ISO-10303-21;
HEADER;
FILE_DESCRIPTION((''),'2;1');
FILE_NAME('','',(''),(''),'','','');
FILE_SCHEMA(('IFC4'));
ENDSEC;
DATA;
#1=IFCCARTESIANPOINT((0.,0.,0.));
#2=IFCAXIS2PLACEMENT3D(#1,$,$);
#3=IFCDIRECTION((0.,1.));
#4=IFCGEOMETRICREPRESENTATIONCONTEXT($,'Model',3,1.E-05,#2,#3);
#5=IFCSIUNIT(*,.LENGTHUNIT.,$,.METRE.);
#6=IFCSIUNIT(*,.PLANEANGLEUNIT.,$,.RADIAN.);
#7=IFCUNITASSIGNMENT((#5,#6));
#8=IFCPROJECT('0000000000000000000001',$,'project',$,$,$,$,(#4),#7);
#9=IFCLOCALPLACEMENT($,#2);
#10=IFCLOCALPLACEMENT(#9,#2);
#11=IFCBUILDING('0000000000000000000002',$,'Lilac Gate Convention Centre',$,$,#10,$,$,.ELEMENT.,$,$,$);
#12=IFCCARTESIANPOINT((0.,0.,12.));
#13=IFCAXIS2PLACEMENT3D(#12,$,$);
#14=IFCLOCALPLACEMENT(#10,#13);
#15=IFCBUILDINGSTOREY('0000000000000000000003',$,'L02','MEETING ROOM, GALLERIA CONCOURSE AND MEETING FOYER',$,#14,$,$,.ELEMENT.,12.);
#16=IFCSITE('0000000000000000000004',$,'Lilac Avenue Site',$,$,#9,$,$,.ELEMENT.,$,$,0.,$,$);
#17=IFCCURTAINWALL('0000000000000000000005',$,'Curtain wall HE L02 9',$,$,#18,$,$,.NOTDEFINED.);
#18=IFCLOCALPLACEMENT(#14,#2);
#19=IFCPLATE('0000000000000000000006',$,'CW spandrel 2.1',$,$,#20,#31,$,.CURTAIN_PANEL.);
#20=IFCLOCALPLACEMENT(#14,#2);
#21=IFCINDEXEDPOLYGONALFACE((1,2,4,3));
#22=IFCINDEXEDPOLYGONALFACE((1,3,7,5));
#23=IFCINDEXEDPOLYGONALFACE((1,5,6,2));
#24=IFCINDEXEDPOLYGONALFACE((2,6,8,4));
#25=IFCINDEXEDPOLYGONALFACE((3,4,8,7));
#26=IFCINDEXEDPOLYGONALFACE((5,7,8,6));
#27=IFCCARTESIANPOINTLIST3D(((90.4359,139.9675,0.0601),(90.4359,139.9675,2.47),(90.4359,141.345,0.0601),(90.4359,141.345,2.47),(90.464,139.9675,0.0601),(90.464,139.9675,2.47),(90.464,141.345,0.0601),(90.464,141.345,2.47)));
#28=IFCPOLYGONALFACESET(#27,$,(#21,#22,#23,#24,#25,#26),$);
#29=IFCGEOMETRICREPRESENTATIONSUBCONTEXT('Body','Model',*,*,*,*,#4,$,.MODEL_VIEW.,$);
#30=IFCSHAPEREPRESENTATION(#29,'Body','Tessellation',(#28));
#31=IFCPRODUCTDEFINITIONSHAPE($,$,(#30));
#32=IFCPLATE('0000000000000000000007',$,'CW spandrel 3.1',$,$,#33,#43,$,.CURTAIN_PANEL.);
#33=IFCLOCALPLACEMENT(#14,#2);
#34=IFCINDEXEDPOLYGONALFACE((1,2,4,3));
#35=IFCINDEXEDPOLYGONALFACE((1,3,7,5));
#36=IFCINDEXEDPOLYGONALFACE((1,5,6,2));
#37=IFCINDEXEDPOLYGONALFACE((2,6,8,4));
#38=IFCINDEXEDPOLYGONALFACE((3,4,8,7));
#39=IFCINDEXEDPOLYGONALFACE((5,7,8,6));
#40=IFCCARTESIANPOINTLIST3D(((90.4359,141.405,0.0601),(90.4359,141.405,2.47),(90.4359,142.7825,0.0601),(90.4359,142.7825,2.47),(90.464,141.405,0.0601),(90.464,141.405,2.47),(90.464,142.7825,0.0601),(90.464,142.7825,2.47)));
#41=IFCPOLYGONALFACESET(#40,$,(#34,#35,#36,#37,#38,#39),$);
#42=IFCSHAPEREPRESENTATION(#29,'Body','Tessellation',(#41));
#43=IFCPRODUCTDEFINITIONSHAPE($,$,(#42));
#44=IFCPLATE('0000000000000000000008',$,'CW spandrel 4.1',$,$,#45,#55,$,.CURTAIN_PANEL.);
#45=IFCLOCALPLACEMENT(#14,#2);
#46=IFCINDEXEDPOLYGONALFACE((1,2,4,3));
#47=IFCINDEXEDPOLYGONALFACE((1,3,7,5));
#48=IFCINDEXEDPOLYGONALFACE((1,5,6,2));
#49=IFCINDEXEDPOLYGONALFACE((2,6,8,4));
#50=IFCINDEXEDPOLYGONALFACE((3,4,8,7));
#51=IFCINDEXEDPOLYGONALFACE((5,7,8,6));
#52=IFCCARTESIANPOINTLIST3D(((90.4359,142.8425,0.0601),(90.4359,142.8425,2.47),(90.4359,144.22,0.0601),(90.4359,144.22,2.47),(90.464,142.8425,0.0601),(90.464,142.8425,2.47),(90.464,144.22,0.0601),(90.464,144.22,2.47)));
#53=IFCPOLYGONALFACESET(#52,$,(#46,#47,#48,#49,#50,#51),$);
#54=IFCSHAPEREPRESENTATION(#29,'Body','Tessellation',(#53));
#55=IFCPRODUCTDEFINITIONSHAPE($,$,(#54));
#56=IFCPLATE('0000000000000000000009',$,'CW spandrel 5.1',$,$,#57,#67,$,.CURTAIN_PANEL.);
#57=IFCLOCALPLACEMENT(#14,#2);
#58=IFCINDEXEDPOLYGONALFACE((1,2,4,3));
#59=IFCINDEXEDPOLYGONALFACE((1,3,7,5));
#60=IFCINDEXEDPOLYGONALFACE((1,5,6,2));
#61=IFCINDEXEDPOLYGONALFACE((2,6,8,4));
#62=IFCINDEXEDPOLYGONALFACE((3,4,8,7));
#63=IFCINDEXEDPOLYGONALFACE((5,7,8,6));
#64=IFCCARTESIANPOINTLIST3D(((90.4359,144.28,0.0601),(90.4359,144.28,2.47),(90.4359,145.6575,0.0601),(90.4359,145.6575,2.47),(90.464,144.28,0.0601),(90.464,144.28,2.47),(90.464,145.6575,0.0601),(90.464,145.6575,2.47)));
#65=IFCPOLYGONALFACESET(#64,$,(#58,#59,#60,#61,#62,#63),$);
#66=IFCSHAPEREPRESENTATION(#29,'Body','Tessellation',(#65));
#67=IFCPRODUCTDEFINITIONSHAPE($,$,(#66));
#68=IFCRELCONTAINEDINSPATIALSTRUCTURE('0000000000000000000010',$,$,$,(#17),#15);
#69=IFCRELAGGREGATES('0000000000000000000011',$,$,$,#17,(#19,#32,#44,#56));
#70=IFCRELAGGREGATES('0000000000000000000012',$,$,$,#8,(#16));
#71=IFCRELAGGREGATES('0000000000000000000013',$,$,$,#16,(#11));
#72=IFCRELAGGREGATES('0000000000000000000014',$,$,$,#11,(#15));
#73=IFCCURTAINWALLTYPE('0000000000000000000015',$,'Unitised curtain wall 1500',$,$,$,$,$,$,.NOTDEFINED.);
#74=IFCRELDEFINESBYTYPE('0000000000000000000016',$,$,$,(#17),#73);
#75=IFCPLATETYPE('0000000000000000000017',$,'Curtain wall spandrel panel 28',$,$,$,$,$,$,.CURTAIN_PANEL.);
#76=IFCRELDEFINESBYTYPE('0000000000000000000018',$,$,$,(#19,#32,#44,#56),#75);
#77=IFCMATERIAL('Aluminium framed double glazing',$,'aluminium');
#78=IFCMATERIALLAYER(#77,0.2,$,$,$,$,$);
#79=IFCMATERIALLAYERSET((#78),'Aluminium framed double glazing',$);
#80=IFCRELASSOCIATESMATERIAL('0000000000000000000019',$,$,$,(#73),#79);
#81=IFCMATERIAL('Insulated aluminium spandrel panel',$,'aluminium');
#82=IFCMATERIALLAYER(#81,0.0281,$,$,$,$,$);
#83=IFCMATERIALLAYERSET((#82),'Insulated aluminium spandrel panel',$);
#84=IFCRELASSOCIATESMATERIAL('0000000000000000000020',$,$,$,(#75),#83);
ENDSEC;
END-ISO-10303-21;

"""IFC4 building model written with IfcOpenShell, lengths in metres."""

from ifc_helpers import new_model, si_unit, direction, frame, origin, origin_2d, place, context, subcontext, project, spatial, rectangle, extrude, material, layer, layer_set, type_object, element, aggregate, save


model = new_model("IFC4")

# Units and contexts
model_context = context("Model", 3, precision=1e-05, world=origin(), true_north=direction((0.0, 1.0)))
body_context = subcontext(model_context, "Body", "Model", "MODEL_VIEW")
ifc_project = project(units=[si_unit("LENGTHUNIT", "METRE"), si_unit("PLANEANGLEUNIT", "RADIAN")], contexts=[model_context])

# Site, building, storey
site_placement = place(None, origin())
site = spatial("IfcSite", under=ifc_project, at=site_placement, Name="Lilac Avenue Site", CompositionType="ELEMENT", RefElevation=0.0)
building_placement = place(site_placement, origin())
building = spatial("IfcBuilding", under=site, at=building_placement, Name="Lilac Gate Convention Centre", CompositionType="ELEMENT")
storey_placement = place(building_placement, frame((0.0, 0.0, 12.0)))
storey = spatial("IfcBuildingStorey", under=building, at=storey_placement, Name="L02", Description="MEETING ROOM, GALLERIA CONCOURSE AND MEETING FOYER", CompositionType="ELEMENT", Elevation=12.0)

# Curtain wall
ifc_material_1 = material(Name="Aluminium framed double glazing", Category="aluminium")
ifc_layer_1 = layer(ifc_material_1, 0.2)
ifc_layer_set_1 = layer_set([ifc_layer_1], Name="Aluminium framed double glazing")
curtain_wall_type = type_object("IfcCurtainWallType", Name="Unitised curtain wall 1500", PredefinedType="NOTDEFINED", material=ifc_layer_set_1)
curtain_wall_placement = place(storey_placement, origin())
curtain_wall = element("IfcCurtainWall", 1, at=curtain_wall_placement, inside=storey, type_object=curtain_wall_type, Name="Curtain wall HE L02 9", PredefinedType="NOTDEFINED")

# Plates
ifc_material_2 = material(Name="Insulated aluminium spandrel panel", Category="aluminium")
ifc_layer_2 = layer(ifc_material_2, 0.0281)
ifc_layer_set_2 = layer_set([ifc_layer_2], Name="Insulated aluminium spandrel panel")
plate_type_1 = type_object("IfcPlateType", Name="Curtain wall spandrel panel 28", PredefinedType="CURTAIN_PANEL", material=ifc_layer_set_2)
plate_1_placement = place(storey_placement, frame((90.45, 140.6562, 0.0601), z_axis=(0.0, 0.0, 1.0), x_axis=(0.0, 1.0, 0.0)))
plate_1 = element("IfcPlate", 2, at=plate_1_placement, type_object=plate_type_1, Name="CW spandrel 2.1", PredefinedType="CURTAIN_PANEL", context=body_context, shape_type="SweptSolid", body=[
    extrude(rectangle(XDim=1.3774, YDim=0.0281, at=origin_2d()), origin(), (0.0, 0.0, 1.0), 2.4099),
])
plate_2_placement = place(storey_placement, frame((90.45, 142.0938, 0.0601), z_axis=(0.0, 0.0, 1.0), x_axis=(0.0, 1.0, 0.0)))
plate_2 = element("IfcPlate", 3, at=plate_2_placement, type_object=plate_type_1, Name="CW spandrel 3.1", PredefinedType="CURTAIN_PANEL", context=body_context, shape_type="SweptSolid", body=[
    extrude(rectangle(XDim=1.3774, YDim=0.0281, at=origin_2d()), origin(), (0.0, 0.0, 1.0), 2.4099),
])
plate_3_placement = place(storey_placement, frame((90.45, 143.5312, 0.0601), z_axis=(0.0, 0.0, 1.0), x_axis=(0.0, 1.0, 0.0)))
plate_3 = element("IfcPlate", 4, at=plate_3_placement, type_object=plate_type_1, Name="CW spandrel 4.1", PredefinedType="CURTAIN_PANEL", context=body_context, shape_type="SweptSolid", body=[
    extrude(rectangle(XDim=1.3774, YDim=0.0281, at=origin_2d()), origin(), (0.0, 0.0, 1.0), 2.4099),
])
plate_4_placement = place(storey_placement, frame((90.45, 144.9688, 0.0601), z_axis=(0.0, 0.0, 1.0), x_axis=(0.0, 1.0, 0.0)))
plate_4 = element("IfcPlate", 5, at=plate_4_placement, type_object=plate_type_1, Name="CW spandrel 5.1", PredefinedType="CURTAIN_PANEL", context=body_context, shape_type="SweptSolid", body=[
    extrude(rectangle(XDim=1.3774, YDim=0.0281, at=origin_2d()), origin(), (0.0, 0.0, 1.0), 2.4099),
])
aggregate(curtain_wall, [plate_1, plate_2, plate_3, plate_4])

save(model, "model.ifc")
